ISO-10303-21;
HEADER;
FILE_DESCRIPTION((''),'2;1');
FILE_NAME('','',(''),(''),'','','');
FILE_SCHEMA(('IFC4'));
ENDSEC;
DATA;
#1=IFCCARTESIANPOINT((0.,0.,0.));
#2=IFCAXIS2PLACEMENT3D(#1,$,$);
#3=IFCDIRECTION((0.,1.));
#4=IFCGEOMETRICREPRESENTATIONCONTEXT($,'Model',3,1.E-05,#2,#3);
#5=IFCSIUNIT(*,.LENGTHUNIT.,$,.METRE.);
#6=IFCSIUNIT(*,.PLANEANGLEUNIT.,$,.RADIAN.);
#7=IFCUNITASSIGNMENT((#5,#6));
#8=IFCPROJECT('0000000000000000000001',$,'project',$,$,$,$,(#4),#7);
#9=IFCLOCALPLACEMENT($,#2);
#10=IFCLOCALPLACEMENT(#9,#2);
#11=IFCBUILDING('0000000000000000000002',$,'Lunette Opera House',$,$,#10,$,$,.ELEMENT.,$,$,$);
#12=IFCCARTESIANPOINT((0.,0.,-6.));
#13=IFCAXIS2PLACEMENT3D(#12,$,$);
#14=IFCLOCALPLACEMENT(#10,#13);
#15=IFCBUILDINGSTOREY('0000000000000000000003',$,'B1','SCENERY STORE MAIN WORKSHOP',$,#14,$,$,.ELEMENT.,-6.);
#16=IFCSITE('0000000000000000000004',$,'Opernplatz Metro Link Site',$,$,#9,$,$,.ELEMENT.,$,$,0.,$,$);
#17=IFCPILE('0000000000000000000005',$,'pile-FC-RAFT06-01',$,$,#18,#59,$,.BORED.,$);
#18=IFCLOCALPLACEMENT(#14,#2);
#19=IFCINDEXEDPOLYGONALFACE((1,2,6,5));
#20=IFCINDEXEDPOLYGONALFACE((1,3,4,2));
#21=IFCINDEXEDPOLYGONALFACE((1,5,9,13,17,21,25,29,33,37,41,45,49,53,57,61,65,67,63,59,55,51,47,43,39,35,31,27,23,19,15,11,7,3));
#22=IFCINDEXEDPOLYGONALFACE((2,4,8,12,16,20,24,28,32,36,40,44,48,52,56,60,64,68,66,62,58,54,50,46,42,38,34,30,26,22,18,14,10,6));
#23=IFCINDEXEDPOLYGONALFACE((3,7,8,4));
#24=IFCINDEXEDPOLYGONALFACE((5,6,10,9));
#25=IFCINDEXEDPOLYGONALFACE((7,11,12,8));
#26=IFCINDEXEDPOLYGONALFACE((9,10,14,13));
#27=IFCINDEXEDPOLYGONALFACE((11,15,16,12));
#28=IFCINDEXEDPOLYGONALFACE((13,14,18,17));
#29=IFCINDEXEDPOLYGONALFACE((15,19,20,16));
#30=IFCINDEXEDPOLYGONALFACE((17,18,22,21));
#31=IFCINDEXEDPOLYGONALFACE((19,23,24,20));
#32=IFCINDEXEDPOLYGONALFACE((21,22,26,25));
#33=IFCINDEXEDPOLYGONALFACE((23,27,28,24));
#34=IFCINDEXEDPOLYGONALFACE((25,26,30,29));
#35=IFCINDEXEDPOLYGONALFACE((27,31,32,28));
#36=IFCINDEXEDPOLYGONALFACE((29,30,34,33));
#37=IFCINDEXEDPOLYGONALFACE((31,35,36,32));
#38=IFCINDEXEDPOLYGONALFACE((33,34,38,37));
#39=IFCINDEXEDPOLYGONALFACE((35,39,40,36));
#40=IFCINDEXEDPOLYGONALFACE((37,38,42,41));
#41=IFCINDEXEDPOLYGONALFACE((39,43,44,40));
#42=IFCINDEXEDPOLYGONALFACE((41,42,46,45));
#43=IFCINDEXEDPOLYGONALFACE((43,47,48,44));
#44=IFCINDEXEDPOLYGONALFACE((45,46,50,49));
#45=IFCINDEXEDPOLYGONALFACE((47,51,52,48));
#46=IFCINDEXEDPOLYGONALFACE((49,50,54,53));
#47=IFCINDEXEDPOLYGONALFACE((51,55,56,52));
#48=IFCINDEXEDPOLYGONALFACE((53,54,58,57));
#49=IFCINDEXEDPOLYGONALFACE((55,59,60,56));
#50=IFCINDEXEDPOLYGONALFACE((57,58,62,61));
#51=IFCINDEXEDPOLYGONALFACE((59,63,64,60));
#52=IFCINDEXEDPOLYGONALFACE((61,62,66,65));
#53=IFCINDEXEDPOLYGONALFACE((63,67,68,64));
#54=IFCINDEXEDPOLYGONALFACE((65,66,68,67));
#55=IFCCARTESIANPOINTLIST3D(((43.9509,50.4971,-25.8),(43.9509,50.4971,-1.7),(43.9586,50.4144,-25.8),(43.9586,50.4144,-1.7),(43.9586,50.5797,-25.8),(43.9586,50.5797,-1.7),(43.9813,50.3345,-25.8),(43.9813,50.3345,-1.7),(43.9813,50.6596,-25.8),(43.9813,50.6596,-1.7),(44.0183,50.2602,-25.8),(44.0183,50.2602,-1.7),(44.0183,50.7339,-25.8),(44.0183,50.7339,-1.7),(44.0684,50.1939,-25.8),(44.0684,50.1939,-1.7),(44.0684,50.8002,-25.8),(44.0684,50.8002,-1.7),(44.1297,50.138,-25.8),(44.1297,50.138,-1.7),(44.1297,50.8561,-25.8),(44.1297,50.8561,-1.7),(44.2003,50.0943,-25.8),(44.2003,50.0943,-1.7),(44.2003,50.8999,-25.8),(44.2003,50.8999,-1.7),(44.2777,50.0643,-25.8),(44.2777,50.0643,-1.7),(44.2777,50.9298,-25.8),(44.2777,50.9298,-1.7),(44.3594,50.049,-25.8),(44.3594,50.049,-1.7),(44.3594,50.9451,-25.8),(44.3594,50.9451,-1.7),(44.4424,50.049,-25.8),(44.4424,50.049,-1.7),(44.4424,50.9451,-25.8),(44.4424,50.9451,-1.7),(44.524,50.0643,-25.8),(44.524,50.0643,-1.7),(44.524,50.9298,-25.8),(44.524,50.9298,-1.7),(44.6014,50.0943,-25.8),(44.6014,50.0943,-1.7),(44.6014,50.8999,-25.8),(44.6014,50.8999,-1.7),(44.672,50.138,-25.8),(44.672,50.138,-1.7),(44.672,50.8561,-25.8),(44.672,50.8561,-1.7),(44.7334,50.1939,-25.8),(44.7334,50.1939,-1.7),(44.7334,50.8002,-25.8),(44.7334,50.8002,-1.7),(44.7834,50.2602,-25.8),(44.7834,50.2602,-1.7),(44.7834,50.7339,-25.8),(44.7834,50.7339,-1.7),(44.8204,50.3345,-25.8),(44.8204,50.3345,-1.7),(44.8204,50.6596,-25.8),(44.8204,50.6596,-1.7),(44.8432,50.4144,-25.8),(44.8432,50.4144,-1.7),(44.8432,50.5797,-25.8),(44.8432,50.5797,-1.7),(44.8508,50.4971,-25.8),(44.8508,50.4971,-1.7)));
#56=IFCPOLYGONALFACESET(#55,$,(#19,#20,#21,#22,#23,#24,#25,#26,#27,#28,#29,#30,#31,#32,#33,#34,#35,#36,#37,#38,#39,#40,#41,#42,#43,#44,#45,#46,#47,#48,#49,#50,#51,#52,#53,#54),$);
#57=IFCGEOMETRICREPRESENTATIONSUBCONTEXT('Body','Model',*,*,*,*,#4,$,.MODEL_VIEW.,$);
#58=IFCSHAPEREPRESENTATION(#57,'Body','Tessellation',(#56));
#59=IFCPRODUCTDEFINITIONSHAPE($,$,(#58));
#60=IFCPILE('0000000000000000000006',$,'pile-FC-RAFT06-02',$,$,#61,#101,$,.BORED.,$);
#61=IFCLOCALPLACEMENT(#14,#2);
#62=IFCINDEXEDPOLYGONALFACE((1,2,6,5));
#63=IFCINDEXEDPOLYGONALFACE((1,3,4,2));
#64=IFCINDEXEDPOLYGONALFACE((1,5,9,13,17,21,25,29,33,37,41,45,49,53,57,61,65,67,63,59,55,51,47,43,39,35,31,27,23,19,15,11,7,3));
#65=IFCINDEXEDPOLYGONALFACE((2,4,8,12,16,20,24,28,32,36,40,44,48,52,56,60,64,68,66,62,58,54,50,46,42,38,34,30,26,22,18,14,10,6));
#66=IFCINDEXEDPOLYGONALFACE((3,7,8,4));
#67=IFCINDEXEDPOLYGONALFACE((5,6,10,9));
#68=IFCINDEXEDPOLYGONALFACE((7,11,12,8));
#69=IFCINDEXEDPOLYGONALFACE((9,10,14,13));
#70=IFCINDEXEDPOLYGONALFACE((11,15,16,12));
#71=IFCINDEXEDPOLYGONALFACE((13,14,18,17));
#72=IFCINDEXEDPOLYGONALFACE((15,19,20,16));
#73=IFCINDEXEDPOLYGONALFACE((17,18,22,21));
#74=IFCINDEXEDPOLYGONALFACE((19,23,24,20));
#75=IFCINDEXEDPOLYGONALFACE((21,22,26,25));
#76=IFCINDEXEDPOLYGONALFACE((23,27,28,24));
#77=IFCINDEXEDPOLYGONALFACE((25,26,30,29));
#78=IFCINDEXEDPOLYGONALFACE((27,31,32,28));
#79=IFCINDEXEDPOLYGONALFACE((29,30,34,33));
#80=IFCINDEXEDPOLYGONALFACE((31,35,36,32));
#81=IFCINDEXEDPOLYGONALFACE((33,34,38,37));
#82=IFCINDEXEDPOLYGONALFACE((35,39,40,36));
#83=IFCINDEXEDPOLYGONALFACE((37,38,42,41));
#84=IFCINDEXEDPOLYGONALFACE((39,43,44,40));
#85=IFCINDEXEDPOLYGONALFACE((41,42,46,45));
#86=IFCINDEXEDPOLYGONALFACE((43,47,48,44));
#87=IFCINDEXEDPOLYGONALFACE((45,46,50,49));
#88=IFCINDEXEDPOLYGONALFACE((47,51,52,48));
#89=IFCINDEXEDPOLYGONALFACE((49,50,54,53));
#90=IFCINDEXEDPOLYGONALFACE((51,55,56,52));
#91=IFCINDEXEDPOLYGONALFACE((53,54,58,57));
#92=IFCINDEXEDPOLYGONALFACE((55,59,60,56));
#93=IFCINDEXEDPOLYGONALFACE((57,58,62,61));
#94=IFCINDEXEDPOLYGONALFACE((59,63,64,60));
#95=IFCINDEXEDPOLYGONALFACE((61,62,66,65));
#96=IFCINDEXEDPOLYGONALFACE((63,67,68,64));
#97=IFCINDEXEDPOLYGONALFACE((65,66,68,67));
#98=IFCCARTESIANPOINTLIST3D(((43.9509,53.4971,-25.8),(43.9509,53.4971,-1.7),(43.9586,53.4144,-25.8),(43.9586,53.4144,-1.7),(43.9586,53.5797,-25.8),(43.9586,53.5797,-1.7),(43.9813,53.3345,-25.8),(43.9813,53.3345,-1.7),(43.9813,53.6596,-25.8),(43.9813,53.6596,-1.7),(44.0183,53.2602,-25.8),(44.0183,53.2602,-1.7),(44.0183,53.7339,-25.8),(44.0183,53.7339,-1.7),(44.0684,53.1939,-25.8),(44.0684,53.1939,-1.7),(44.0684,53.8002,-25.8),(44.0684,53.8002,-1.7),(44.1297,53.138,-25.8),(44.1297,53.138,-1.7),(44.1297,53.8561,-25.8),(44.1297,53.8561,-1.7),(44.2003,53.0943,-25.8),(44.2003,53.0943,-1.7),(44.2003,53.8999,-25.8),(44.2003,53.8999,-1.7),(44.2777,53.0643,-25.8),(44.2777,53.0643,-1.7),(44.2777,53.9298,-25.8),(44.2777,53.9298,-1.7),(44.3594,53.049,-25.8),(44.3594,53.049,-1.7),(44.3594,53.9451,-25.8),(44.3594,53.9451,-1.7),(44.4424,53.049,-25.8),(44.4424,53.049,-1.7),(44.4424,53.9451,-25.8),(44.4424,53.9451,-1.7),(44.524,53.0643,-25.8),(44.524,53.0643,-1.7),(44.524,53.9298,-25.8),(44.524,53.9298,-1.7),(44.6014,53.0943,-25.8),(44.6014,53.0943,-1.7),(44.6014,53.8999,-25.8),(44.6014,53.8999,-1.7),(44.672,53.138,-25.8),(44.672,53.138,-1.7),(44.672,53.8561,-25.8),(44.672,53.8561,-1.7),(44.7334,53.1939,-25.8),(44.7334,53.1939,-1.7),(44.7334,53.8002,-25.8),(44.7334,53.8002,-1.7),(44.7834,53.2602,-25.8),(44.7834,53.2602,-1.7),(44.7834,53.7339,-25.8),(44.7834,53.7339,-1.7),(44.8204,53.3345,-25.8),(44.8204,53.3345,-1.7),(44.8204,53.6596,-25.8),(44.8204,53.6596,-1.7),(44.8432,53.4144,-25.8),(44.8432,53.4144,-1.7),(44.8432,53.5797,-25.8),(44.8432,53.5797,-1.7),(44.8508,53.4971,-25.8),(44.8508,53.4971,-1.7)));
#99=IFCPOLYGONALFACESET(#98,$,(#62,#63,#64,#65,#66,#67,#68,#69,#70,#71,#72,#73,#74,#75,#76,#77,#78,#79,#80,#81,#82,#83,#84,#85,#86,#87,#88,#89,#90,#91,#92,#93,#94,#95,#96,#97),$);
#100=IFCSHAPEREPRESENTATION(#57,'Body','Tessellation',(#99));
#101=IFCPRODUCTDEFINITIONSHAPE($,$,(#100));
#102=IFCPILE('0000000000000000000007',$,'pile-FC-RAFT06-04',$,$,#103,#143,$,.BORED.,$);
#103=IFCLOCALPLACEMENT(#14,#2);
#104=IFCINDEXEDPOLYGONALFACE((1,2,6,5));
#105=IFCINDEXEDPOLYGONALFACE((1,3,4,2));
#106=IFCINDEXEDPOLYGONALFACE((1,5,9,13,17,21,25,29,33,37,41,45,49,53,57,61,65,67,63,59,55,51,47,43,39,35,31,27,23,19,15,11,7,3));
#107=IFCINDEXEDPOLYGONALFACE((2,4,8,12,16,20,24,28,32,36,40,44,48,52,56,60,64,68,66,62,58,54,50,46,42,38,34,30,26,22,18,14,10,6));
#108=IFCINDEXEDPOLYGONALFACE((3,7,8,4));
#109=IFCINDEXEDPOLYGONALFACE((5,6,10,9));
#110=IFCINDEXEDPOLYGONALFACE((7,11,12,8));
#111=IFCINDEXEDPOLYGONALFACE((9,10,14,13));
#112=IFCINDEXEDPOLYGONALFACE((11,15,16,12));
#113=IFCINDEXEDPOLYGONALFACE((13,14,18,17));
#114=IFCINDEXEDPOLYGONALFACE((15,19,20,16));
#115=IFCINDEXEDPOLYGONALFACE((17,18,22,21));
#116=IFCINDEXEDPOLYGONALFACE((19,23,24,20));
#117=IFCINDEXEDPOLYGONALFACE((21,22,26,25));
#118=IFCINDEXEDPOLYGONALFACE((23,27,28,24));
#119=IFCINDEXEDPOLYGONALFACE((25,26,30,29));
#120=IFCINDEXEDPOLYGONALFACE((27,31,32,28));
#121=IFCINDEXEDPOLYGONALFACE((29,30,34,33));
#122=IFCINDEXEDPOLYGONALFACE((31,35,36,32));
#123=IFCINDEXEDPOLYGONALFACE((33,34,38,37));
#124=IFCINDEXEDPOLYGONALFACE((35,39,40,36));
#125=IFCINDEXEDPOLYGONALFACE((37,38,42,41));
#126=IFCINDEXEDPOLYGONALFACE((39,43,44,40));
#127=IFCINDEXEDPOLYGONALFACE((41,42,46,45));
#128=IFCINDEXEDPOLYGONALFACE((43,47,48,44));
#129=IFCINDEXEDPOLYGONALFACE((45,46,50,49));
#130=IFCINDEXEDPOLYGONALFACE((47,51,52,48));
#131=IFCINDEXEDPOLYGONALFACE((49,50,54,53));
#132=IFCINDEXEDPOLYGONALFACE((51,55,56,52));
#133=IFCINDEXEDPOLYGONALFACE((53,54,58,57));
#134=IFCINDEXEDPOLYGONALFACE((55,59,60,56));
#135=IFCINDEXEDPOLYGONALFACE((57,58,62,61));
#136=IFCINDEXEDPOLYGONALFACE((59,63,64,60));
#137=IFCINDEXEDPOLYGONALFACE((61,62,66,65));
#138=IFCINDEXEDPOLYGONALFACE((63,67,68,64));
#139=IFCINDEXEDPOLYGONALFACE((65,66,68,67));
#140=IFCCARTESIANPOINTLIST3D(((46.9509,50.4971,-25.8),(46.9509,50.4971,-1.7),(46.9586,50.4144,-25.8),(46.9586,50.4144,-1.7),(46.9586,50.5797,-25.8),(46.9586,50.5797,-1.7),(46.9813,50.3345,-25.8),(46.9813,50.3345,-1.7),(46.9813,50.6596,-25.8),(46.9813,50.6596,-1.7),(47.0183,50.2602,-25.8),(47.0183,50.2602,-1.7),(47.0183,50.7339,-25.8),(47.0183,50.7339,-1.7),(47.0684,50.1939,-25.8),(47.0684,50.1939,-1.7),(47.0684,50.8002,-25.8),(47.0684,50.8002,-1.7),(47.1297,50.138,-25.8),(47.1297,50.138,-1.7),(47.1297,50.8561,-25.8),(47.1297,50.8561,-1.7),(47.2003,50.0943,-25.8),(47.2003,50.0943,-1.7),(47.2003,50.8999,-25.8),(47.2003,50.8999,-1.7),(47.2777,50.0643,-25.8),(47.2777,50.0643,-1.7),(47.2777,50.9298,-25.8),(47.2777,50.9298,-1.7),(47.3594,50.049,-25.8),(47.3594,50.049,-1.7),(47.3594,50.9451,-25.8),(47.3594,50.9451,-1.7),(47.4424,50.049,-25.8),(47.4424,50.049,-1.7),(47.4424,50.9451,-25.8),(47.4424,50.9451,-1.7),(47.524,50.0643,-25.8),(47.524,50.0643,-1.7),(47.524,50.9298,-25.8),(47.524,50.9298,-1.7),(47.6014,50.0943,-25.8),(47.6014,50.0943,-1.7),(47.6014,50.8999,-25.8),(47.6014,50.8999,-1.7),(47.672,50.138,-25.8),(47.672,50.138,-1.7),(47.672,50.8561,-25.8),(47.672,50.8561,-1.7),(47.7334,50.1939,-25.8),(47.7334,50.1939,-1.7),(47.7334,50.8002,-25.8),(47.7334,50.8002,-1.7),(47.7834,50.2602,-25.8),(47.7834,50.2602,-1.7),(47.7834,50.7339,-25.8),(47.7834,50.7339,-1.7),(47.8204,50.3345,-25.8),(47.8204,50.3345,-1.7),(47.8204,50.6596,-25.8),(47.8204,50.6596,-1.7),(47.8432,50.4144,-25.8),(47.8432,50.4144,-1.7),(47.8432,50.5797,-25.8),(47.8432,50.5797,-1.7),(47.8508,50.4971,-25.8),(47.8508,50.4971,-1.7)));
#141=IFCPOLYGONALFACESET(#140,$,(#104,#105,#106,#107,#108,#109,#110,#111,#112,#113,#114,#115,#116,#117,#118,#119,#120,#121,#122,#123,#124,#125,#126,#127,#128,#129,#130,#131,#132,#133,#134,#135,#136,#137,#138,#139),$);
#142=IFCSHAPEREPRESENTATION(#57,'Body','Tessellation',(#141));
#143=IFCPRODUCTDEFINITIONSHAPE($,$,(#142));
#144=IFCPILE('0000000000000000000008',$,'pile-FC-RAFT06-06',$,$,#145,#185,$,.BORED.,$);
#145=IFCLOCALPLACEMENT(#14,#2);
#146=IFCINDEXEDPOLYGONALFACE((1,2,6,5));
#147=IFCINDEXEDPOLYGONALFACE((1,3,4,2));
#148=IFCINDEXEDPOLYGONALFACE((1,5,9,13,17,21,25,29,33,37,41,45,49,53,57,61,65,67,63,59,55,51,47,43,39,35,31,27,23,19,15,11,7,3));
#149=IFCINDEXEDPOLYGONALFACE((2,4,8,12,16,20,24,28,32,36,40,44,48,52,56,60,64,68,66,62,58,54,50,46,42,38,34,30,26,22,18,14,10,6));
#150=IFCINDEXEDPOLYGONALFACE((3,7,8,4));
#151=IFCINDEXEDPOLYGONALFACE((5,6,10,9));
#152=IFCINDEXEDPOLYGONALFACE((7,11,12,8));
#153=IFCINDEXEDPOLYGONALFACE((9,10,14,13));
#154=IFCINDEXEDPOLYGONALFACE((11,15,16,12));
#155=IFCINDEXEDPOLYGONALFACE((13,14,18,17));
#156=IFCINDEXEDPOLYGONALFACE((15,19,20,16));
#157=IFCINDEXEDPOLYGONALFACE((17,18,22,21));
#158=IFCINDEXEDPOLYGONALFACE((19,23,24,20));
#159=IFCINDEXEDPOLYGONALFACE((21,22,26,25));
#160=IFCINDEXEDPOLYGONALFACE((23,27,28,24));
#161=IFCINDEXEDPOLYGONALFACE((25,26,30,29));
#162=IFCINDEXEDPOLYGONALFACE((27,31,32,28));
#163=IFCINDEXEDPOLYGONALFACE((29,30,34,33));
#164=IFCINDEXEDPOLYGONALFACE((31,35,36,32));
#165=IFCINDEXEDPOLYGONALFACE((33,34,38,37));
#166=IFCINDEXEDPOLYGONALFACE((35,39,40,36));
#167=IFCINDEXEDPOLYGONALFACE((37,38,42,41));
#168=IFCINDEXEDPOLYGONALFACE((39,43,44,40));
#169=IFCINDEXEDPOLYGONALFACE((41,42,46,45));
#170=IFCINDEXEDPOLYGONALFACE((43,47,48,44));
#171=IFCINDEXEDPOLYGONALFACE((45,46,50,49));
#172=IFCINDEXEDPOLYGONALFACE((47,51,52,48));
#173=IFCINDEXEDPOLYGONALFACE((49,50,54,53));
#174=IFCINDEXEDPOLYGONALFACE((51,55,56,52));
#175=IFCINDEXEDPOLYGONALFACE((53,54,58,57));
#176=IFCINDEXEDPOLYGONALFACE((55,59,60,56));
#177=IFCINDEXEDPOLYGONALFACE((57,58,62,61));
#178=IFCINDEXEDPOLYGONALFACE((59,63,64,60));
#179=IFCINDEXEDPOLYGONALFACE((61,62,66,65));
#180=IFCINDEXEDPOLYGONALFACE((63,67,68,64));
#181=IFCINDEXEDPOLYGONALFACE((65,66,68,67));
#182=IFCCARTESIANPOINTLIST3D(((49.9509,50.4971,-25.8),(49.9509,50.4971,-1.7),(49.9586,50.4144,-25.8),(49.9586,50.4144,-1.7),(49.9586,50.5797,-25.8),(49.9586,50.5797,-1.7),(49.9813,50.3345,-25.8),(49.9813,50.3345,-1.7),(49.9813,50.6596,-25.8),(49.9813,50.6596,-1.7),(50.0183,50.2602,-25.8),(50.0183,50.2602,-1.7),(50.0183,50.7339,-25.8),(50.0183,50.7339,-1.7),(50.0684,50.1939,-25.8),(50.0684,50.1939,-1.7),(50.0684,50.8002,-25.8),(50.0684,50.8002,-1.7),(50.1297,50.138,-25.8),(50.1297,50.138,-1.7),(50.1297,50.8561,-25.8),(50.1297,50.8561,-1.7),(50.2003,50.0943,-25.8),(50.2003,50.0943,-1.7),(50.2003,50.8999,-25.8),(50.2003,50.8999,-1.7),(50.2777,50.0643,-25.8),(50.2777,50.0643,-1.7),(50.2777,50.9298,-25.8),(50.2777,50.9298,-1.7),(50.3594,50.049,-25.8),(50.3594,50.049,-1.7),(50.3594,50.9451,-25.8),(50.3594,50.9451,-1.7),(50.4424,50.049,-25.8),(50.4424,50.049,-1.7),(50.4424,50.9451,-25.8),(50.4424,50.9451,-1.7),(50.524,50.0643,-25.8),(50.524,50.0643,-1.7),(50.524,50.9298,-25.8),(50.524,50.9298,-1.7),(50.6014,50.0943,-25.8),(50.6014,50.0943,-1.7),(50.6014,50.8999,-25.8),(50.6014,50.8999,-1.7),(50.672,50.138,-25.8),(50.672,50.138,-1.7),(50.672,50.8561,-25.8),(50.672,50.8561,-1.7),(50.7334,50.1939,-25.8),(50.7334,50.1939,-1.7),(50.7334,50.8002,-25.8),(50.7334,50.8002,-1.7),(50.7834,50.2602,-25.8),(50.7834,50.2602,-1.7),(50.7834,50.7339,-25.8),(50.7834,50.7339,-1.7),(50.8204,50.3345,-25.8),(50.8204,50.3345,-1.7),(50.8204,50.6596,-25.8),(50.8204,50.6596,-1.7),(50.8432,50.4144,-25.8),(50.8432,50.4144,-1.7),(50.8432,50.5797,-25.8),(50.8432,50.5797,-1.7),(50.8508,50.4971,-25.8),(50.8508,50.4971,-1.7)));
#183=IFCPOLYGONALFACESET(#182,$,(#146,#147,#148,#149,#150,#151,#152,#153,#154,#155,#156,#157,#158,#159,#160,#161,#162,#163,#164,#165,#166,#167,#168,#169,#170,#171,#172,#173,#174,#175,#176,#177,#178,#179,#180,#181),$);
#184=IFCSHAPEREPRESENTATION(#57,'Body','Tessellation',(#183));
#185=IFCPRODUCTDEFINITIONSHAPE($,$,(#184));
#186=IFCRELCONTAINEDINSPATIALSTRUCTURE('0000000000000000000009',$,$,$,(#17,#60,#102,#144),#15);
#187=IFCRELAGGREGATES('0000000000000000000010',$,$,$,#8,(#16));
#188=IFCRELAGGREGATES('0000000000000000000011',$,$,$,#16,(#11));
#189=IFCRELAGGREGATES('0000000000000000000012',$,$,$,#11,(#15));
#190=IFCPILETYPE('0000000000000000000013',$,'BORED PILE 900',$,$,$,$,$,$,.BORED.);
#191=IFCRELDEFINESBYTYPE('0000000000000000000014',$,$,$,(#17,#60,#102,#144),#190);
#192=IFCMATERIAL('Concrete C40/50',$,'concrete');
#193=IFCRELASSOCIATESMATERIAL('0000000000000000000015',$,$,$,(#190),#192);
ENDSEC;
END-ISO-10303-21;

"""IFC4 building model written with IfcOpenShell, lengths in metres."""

from ifc_helpers import new_model, si_unit, direction, frame, origin, origin_2d, place, context, subcontext, project, spatial, circle, extrude, material, material_profile, profile_set, type_object, element, save


model = new_model("IFC4")

# Units and contexts
model_context = context("Model", 3, precision=1e-05, world=origin(), true_north=direction((0.0, 1.0)))
body_context = subcontext(model_context, "Body", "Model", "MODEL_VIEW")
ifc_project = project(units=[si_unit("LENGTHUNIT", "METRE"), si_unit("PLANEANGLEUNIT", "RADIAN")], contexts=[model_context])

# Site, building, storey
site_placement = place(None, origin())
site = spatial("IfcSite", under=ifc_project, at=site_placement, Name="Opernplatz Metro Link Site", CompositionType="ELEMENT", RefElevation=0.0)
building_placement = place(site_placement, origin())
building = spatial("IfcBuilding", under=site, at=building_placement, Name="Lunette Opera House", CompositionType="ELEMENT")
storey_placement = place(building_placement, frame((0.0, 0.0, -6.0)))
storey = spatial("IfcBuildingStorey", under=building, at=storey_placement, Name="B1", Description="SCENERY STORE MAIN WORKSHOP", CompositionType="ELEMENT", Elevation=-6.0)

# Piles
ifc_material_1 = material(Name="Concrete C40/50", Category="concrete")
ifc_material_profile_1 = material_profile(ifc_material_1, circle(Radius=0.45, at=origin_2d()), Name="BORED PILE 900")
ifc_profile_set_1 = profile_set([ifc_material_profile_1], Name="Concrete C40/50")
pile_type = type_object("IfcPileType", Name="BORED PILE 900", PredefinedType="BORED", material=ifc_profile_set_1)
for number, where, z_axis, x_axis, name in (
    (1, (44.4009, 50.4971, -1.7), (0.0, 0.0, -1.0), (1.0, 0.0, 0.0), "pile-FC-RAFT06-01"),
    (2, (44.4009, 53.4971, -1.7), (0.0, 0.0, -1.0), (1.0, 0.0, 0.0), "pile-FC-RAFT06-02"),
    (3, (47.4009, 50.4971, -1.7), (0.0, 0.0, -1.0), (1.0, 0.0, 0.0), "pile-FC-RAFT06-04"),
    (4, (50.4009, 50.4971, -1.7), (0.0, 0.0, -1.0), (1.0, 0.0, 0.0), "pile-FC-RAFT06-06"),
):
    element("IfcPile", number, at=place(storey_placement, frame(where, z_axis=z_axis, x_axis=x_axis)), inside=storey, type_object=pile_type, Name=name, PredefinedType="BORED", context=body_context, shape_type="SweptSolid", body=[
        extrude(circle(Radius=0.45, at=origin_2d()), origin(), (0.0, 0.0, 1.0), 24.1001),
    ])

save(model, "model.ifc")
